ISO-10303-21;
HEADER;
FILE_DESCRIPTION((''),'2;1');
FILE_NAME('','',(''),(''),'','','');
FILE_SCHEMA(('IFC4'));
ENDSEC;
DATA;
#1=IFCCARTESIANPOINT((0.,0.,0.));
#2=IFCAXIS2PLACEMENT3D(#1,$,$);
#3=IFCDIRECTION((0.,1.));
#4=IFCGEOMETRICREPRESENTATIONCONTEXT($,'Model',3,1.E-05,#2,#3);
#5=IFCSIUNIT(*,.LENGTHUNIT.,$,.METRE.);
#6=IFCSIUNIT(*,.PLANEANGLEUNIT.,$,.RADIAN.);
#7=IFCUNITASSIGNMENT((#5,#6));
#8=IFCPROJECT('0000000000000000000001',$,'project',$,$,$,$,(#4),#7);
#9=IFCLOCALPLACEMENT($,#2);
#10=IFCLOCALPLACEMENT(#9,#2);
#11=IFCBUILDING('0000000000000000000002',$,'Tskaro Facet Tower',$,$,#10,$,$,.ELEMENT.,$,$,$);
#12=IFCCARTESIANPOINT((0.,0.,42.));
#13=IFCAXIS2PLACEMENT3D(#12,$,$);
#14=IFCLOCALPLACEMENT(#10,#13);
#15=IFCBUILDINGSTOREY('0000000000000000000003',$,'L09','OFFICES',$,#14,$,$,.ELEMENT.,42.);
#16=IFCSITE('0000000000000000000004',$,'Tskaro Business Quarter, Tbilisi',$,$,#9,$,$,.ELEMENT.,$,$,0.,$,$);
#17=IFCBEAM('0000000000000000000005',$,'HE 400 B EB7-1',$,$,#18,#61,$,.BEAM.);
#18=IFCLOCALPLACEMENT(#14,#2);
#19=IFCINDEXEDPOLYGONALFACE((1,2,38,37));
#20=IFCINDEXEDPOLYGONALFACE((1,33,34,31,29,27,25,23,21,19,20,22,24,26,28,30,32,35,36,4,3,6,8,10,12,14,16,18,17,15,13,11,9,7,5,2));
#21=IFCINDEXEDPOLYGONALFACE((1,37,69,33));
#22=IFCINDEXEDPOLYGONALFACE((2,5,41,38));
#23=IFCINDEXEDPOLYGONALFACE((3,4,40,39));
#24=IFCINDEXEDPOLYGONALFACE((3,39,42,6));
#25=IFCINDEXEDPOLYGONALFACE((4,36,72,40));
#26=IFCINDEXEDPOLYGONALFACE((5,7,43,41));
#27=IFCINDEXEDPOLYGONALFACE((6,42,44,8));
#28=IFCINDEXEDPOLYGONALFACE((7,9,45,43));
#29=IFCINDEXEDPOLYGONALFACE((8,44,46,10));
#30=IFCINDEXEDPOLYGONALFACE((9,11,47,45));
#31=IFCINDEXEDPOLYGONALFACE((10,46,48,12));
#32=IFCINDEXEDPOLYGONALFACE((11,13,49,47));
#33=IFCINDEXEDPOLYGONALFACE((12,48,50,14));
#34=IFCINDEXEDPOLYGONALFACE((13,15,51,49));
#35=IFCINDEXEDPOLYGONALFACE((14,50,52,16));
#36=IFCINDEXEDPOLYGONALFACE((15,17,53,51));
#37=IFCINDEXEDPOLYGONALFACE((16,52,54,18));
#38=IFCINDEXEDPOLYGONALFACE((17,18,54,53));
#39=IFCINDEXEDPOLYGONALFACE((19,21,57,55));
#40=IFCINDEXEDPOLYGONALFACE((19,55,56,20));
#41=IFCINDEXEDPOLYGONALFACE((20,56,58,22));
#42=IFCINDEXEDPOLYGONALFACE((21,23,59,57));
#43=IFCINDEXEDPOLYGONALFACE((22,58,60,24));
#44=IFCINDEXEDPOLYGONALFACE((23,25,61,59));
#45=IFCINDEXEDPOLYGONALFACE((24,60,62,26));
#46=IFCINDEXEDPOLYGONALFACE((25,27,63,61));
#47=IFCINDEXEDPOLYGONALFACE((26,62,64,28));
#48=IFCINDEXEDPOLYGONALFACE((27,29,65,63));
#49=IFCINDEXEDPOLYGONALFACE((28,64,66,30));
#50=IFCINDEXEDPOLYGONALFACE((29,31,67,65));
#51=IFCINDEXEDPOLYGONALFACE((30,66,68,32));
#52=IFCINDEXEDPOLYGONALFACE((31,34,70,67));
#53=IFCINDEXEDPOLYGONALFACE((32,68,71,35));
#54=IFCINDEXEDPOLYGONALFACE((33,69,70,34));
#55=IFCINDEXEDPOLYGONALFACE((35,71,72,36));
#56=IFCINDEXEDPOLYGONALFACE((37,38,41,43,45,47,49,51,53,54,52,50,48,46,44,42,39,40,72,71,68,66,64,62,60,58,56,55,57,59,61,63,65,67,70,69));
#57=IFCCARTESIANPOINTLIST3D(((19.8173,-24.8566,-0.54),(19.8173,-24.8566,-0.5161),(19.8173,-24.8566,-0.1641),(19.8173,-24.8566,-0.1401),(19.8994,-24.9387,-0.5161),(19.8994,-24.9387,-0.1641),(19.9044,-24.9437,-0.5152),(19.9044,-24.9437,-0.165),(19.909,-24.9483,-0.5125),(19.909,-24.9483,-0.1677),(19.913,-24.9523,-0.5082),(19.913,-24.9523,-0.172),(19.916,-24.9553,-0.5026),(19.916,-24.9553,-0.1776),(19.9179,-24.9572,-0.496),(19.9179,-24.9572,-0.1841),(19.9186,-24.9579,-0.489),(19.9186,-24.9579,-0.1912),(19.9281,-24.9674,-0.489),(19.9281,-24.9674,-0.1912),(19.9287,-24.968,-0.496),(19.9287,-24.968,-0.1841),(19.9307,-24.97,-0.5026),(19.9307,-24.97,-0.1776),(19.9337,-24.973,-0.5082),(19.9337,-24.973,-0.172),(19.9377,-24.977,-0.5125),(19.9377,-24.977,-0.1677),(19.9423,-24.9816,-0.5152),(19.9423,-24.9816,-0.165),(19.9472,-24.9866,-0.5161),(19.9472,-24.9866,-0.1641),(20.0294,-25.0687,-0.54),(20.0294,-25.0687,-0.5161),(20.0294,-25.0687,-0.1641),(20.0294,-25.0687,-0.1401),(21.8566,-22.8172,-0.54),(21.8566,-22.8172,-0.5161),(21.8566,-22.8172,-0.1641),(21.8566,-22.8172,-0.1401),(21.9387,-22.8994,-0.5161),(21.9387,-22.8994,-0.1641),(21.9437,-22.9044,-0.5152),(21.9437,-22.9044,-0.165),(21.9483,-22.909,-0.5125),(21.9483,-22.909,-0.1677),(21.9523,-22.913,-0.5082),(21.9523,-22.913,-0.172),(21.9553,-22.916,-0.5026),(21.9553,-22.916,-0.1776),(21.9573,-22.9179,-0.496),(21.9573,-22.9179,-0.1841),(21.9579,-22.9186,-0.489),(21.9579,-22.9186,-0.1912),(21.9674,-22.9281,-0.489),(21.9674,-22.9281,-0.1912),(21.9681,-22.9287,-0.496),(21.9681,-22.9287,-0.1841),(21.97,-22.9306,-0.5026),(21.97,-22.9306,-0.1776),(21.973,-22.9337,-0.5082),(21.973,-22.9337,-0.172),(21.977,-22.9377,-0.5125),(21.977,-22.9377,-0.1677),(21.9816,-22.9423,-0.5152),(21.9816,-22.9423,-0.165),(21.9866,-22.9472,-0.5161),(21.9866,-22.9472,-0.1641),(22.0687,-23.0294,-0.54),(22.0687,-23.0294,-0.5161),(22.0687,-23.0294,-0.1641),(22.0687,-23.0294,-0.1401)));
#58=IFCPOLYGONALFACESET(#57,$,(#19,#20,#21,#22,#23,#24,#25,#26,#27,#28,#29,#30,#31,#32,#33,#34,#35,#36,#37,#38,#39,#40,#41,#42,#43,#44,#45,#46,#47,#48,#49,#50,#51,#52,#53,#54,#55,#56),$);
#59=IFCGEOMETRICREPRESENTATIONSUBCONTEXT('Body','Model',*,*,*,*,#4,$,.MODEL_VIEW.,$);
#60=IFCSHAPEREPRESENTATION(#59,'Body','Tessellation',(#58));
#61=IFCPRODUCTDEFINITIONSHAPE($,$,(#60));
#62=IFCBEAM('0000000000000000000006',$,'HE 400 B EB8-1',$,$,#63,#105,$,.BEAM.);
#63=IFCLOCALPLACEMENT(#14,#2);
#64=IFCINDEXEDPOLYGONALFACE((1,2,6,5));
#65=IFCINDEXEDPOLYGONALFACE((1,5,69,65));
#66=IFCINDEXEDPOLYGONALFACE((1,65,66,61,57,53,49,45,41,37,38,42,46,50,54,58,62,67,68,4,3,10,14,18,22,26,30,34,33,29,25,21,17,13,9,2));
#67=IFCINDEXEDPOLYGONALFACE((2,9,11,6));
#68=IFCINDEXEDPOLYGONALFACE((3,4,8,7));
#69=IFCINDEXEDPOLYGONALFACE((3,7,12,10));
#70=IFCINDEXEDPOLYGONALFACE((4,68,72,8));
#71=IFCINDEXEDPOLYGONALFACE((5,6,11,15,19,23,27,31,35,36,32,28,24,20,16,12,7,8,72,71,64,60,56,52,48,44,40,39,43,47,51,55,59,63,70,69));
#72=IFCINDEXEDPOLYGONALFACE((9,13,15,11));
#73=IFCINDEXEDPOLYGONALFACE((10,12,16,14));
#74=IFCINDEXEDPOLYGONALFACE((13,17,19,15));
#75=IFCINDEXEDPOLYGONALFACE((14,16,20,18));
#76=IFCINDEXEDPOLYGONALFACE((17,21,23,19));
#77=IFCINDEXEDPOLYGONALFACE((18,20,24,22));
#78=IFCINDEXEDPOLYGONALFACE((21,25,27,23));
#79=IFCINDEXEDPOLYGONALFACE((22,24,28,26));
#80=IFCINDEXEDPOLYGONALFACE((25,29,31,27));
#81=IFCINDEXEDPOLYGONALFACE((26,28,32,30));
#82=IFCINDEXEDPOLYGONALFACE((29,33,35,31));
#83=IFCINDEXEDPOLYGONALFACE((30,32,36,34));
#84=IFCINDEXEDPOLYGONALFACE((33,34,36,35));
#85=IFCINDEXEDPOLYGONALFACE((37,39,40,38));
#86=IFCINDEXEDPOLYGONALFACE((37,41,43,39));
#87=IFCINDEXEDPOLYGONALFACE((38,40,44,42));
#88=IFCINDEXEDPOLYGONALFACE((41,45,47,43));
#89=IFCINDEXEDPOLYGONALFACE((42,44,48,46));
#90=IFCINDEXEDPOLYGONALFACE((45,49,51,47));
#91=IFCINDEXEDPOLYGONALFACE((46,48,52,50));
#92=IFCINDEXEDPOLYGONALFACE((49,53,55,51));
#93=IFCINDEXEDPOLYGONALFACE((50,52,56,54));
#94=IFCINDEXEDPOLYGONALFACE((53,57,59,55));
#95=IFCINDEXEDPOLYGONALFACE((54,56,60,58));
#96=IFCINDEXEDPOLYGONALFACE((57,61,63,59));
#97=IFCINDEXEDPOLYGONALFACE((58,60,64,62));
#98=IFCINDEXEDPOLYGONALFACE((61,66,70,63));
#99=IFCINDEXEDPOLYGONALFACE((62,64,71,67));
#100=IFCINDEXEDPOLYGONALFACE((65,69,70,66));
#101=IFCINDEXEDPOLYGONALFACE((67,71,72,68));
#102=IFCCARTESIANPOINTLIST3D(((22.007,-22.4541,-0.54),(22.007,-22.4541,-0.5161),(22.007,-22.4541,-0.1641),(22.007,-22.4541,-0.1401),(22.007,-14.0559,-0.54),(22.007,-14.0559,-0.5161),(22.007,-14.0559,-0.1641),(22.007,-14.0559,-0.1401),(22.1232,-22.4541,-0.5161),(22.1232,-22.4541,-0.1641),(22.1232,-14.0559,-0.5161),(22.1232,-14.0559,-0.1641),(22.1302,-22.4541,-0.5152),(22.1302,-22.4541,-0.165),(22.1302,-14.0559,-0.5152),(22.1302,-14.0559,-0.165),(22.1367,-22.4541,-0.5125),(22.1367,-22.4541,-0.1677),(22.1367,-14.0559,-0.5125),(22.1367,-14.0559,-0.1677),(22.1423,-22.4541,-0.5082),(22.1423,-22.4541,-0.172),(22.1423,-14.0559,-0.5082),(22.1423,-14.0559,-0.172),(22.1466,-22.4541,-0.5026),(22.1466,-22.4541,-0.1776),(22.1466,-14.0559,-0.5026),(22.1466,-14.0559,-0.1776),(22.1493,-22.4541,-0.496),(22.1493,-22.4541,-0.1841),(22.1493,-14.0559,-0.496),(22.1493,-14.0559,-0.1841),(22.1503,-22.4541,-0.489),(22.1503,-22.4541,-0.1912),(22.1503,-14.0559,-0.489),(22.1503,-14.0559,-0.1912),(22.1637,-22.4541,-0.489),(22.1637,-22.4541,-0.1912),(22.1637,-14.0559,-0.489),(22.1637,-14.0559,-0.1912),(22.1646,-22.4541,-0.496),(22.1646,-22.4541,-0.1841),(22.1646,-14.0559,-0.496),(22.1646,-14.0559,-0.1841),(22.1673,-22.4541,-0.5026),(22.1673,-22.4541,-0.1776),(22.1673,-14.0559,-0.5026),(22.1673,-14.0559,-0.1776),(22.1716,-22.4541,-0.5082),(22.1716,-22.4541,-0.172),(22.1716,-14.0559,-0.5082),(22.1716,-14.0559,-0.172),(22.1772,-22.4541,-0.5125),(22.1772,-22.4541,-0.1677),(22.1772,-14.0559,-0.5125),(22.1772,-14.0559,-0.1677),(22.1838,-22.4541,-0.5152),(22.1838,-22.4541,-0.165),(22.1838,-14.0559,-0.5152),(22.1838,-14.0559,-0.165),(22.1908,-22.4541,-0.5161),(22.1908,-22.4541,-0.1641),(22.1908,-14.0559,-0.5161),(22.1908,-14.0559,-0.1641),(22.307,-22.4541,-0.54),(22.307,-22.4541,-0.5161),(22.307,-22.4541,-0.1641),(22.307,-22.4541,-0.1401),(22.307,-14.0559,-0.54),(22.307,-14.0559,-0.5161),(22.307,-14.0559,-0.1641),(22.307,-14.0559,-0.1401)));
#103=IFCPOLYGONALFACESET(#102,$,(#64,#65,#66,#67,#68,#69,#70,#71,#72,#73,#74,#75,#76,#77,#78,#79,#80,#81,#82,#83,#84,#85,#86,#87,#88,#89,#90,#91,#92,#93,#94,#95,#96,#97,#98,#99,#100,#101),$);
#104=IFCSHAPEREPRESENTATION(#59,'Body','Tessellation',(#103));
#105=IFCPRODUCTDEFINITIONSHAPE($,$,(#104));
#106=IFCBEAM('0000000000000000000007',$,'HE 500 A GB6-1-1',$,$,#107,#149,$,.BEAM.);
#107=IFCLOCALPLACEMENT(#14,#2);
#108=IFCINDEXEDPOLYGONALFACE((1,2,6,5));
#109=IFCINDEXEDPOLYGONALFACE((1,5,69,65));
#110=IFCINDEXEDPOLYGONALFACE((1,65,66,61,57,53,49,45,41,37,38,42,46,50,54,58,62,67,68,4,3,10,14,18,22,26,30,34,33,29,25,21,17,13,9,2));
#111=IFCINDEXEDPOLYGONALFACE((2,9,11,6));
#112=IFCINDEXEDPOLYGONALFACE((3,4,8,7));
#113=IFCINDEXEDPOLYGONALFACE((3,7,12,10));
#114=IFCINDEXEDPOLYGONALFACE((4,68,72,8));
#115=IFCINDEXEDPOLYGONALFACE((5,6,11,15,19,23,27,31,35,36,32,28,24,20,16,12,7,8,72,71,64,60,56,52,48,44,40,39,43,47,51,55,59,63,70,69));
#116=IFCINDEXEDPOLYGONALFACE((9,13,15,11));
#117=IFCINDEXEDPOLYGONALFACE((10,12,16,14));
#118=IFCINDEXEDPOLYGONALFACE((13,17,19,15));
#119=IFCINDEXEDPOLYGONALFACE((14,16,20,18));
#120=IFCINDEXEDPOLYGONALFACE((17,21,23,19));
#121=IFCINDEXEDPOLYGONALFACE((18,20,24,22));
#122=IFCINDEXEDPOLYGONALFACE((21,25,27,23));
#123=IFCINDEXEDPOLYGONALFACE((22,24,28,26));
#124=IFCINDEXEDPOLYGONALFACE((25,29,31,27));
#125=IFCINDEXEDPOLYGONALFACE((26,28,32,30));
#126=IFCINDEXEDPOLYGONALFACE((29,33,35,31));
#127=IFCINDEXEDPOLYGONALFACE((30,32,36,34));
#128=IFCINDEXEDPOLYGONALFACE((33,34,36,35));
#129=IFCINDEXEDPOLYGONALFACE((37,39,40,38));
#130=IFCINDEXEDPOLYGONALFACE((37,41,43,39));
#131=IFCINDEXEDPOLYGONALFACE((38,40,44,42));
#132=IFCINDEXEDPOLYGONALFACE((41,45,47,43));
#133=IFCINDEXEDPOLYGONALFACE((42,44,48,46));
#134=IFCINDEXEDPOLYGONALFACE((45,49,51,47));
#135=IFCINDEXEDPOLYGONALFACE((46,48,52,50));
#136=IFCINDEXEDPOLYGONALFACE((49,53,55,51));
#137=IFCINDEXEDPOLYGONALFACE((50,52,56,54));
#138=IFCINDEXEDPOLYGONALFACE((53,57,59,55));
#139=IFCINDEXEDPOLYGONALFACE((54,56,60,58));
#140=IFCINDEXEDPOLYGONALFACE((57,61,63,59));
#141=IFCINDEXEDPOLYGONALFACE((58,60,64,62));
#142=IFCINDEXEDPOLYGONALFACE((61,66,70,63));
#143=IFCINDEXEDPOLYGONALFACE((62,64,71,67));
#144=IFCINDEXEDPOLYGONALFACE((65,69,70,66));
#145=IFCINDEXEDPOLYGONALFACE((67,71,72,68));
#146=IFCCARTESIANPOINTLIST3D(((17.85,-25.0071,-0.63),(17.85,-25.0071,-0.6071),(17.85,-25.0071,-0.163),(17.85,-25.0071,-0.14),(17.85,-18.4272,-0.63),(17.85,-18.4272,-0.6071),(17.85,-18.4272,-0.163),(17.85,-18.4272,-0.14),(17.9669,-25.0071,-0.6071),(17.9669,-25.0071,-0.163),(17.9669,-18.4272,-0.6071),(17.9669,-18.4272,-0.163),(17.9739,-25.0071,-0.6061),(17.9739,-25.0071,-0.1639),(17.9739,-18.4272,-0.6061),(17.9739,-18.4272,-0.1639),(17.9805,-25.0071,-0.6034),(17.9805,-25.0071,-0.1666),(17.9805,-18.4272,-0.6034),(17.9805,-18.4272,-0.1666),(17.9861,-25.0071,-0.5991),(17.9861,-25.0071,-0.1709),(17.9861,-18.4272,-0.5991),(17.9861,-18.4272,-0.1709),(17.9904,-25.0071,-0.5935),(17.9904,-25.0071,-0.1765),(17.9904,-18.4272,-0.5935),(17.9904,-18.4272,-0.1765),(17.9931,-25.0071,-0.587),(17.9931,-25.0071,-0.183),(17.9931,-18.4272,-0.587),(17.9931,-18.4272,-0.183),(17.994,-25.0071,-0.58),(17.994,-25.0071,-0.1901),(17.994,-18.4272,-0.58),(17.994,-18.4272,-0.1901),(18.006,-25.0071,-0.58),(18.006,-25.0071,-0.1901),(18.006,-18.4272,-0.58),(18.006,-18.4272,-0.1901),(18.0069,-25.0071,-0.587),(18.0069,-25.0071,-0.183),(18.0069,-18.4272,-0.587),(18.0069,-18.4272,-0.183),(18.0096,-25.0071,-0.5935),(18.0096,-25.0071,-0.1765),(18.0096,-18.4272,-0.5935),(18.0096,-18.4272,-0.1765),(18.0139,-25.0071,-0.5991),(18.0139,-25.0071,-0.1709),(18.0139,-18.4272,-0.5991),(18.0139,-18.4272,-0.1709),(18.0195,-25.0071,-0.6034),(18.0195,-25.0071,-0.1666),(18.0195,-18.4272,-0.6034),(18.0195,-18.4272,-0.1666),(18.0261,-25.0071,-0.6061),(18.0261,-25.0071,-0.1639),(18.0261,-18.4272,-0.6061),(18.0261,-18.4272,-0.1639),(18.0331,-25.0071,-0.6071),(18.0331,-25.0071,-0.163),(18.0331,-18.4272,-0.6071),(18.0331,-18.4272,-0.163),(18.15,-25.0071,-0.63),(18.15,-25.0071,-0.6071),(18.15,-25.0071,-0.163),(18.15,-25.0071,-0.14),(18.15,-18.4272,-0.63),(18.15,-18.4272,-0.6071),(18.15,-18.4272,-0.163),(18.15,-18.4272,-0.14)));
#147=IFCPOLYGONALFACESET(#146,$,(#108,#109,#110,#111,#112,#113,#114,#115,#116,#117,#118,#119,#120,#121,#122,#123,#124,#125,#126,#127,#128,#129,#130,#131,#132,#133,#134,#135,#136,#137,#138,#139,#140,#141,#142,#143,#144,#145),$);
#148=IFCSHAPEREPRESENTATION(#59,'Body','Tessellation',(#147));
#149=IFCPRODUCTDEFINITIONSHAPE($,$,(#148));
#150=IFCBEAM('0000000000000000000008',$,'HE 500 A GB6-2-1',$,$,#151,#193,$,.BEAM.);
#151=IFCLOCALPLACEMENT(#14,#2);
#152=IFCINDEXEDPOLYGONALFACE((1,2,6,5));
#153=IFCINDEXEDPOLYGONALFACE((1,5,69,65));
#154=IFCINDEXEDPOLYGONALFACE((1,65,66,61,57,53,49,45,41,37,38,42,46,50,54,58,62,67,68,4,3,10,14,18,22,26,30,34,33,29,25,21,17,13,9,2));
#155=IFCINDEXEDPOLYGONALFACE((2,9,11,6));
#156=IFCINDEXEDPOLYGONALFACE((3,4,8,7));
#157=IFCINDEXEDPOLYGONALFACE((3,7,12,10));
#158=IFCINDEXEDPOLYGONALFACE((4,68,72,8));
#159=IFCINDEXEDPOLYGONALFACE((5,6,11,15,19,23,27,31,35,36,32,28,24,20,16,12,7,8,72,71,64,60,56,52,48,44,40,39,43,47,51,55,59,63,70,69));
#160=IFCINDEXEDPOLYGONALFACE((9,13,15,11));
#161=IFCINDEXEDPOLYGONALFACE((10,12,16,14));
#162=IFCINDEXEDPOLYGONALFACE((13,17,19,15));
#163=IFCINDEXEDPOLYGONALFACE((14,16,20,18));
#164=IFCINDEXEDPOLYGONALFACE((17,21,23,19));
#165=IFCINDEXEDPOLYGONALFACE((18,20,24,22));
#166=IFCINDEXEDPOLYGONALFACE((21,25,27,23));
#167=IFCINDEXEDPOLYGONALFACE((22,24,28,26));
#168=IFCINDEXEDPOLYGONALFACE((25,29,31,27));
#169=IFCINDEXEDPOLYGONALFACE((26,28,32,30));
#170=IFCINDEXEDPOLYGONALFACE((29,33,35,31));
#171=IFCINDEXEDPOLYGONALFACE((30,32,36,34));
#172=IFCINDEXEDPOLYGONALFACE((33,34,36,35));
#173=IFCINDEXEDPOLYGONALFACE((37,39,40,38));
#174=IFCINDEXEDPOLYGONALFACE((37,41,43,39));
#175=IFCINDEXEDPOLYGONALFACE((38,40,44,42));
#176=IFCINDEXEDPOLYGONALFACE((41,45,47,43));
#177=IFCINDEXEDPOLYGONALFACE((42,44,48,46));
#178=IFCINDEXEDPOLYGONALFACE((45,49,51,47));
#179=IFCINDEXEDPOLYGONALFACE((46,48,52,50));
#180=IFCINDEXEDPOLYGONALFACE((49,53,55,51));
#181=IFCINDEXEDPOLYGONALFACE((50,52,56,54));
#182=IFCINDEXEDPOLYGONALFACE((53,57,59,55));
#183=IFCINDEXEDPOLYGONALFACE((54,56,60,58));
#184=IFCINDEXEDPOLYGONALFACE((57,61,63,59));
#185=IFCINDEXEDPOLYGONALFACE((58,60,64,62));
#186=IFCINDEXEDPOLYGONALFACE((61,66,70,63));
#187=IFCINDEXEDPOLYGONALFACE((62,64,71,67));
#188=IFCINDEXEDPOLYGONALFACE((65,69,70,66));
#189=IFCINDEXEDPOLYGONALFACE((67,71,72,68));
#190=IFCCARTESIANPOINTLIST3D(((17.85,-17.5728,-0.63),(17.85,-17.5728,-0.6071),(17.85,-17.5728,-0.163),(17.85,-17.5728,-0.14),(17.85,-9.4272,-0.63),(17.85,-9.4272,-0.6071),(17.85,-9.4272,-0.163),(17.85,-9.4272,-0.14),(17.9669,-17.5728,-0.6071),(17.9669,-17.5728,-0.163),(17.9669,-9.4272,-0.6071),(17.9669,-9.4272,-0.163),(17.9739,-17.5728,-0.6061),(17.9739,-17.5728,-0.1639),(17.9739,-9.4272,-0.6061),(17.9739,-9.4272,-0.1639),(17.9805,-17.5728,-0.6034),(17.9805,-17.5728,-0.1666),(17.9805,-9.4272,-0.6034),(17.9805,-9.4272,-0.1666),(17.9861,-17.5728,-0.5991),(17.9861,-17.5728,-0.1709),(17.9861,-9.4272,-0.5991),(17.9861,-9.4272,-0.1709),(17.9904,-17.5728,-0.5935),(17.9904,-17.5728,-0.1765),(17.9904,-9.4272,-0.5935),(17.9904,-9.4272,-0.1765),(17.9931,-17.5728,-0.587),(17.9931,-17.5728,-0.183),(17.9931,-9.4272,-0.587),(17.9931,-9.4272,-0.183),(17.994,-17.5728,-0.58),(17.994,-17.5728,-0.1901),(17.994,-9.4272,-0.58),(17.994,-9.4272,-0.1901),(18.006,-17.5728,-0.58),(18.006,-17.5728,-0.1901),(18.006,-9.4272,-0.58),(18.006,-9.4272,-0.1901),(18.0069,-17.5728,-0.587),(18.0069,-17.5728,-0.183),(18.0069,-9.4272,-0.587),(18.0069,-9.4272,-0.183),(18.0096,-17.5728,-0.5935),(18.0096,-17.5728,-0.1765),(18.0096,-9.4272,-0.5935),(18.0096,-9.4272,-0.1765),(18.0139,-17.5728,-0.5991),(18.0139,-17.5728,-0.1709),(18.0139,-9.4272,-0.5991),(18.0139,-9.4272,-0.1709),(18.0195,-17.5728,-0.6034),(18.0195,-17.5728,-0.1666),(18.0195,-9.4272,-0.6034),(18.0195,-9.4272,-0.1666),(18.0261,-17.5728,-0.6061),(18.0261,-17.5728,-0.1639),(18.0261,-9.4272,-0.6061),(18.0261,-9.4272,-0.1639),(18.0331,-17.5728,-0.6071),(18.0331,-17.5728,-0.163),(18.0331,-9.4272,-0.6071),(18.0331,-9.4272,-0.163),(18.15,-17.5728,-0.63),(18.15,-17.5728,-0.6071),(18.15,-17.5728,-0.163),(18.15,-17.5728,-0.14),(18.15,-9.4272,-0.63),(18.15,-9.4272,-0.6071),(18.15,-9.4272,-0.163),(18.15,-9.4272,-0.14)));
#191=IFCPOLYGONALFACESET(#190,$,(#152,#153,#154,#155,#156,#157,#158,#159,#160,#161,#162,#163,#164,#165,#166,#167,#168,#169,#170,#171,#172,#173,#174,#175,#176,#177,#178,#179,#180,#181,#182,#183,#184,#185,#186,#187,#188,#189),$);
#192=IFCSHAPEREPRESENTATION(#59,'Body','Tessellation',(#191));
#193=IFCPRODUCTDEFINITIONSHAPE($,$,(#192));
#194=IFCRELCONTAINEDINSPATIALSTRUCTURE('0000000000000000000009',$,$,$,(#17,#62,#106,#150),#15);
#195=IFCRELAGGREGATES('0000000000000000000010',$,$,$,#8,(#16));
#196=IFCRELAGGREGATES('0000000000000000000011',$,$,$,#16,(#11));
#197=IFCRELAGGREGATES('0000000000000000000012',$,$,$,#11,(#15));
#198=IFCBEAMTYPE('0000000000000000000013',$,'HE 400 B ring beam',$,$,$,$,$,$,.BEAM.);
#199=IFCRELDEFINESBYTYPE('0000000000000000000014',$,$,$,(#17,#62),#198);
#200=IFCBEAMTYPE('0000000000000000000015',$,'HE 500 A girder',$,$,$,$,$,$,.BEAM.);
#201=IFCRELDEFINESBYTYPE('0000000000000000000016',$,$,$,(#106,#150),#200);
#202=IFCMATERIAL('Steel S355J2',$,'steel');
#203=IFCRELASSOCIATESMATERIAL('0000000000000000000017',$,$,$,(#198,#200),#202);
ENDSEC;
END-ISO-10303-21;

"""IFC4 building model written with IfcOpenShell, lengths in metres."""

from ifc_helpers import new_model, si_unit, direction, frame, origin, origin_2d, place, context, subcontext, project, spatial, i_section, extrude, material, material_profile, profile_set, type_object, element, save


model = new_model("IFC4")

# Units and contexts
model_context = context("Model", 3, precision=1e-05, world=origin(), true_north=direction((0.0, 1.0)))
body_context = subcontext(model_context, "Body", "Model", "MODEL_VIEW")
ifc_project = project(units=[si_unit("LENGTHUNIT", "METRE"), si_unit("PLANEANGLEUNIT", "RADIAN")], contexts=[model_context])

# Site, building, storey
site_placement = place(None, origin())
site = spatial("IfcSite", under=ifc_project, at=site_placement, Name="Tskaro Business Quarter, Tbilisi", CompositionType="ELEMENT", RefElevation=0.0)
building_placement = place(site_placement, origin())
building = spatial("IfcBuilding", under=site, at=building_placement, Name="Tskaro Facet Tower", CompositionType="ELEMENT")
storey_placement = place(building_placement, frame((0.0, 0.0, 42.0)))
storey = spatial("IfcBuildingStorey", under=building, at=storey_placement, Name="L09", Description="OFFICES", CompositionType="ELEMENT", Elevation=42.0)

# Beams
ifc_material_1 = material(Name="Steel S355J2", Category="steel")
ifc_material_profile_1 = material_profile(ifc_material_1, i_section(OverallWidth=0.3, OverallDepth=0.3999, WebThickness=0.0134, FlangeThickness=0.0239, FilletRadius=0.0271, at=origin_2d()), Name="HE 400 B")
ifc_profile_set_1 = profile_set([ifc_material_profile_1], Name="Steel S355J2")
beam_type_1 = type_object("IfcBeamType", Name="HE 400 B ring beam", PredefinedType="BEAM", material=ifc_profile_set_1)
beam_1_placement = place(storey_placement, frame((19.9233, -24.9626, -0.3401), z_axis=(0.707107, 0.707107, 0.0), x_axis=(-0.707107, 0.707107, 0.0)))
element("IfcBeam", 1, at=beam_1_placement, inside=storey, type_object=beam_type_1, Name="HE 400 B EB7-1", PredefinedType="BEAM", context=body_context, shape_type="SweptSolid", body=[
    extrude(i_section(OverallWidth=0.3, OverallDepth=0.3999, WebThickness=0.0134, FlangeThickness=0.0239, FilletRadius=0.0271, at=origin_2d()), origin(), (0.0, 0.0, 1.0), 2.884),
])
beam_2_placement = place(storey_placement, frame((22.157, -22.4541, -0.3401), z_axis=(0.0, 1.0, 0.0), x_axis=(-1.0, 0.0, 0.0)))
element("IfcBeam", 2, at=beam_2_placement, inside=storey, type_object=beam_type_1, Name="HE 400 B EB8-1", PredefinedType="BEAM", context=body_context, shape_type="SweptSolid", body=[
    extrude(i_section(OverallWidth=0.3, OverallDepth=0.3999, WebThickness=0.0134, FlangeThickness=0.0239, FilletRadius=0.0271, at=origin_2d()), origin(), (0.0, 0.0, 1.0), 8.3982),
])
ifc_material_profile_2 = material_profile(ifc_material_1, i_section(OverallWidth=0.3, OverallDepth=0.49, WebThickness=0.012, FlangeThickness=0.0229, FilletRadius=0.0271, at=origin_2d()), Name="HE 500 A")
ifc_profile_set_2 = profile_set([ifc_material_profile_2], Name="Steel S355J2")
beam_type_2 = type_object("IfcBeamType", Name="HE 500 A girder", PredefinedType="BEAM", material=ifc_profile_set_2)
beam_3_placement = place(storey_placement, frame((18.0, -25.0071, -0.385), z_axis=(0.0, 1.0, 0.0), x_axis=(-1.0, 0.0, 0.0)))
element("IfcBeam", 3, at=beam_3_placement, inside=storey, type_object=beam_type_2, Name="HE 500 A GB6-1-1", PredefinedType="BEAM", context=body_context, shape_type="SweptSolid", body=[
    extrude(i_section(OverallWidth=0.3, OverallDepth=0.49, WebThickness=0.012, FlangeThickness=0.0229, FilletRadius=0.0271, at=origin_2d()), origin(), (0.0, 0.0, 1.0), 6.5798),
])
beam_4_placement = place(storey_placement, frame((18.0, -17.5728, -0.385), z_axis=(0.0, 1.0, 0.0), x_axis=(-1.0, 0.0, 0.0)))
element("IfcBeam", 4, at=beam_4_placement, inside=storey, type_object=beam_type_2, Name="HE 500 A GB6-2-1", PredefinedType="BEAM", context=body_context, shape_type="SweptSolid", body=[
    extrude(i_section(OverallWidth=0.3, OverallDepth=0.49, WebThickness=0.012, FlangeThickness=0.0229, FilletRadius=0.0271, at=origin_2d()), origin(), (0.0, 0.0, 1.0), 8.1455),
])

save(model, "model.ifc")
